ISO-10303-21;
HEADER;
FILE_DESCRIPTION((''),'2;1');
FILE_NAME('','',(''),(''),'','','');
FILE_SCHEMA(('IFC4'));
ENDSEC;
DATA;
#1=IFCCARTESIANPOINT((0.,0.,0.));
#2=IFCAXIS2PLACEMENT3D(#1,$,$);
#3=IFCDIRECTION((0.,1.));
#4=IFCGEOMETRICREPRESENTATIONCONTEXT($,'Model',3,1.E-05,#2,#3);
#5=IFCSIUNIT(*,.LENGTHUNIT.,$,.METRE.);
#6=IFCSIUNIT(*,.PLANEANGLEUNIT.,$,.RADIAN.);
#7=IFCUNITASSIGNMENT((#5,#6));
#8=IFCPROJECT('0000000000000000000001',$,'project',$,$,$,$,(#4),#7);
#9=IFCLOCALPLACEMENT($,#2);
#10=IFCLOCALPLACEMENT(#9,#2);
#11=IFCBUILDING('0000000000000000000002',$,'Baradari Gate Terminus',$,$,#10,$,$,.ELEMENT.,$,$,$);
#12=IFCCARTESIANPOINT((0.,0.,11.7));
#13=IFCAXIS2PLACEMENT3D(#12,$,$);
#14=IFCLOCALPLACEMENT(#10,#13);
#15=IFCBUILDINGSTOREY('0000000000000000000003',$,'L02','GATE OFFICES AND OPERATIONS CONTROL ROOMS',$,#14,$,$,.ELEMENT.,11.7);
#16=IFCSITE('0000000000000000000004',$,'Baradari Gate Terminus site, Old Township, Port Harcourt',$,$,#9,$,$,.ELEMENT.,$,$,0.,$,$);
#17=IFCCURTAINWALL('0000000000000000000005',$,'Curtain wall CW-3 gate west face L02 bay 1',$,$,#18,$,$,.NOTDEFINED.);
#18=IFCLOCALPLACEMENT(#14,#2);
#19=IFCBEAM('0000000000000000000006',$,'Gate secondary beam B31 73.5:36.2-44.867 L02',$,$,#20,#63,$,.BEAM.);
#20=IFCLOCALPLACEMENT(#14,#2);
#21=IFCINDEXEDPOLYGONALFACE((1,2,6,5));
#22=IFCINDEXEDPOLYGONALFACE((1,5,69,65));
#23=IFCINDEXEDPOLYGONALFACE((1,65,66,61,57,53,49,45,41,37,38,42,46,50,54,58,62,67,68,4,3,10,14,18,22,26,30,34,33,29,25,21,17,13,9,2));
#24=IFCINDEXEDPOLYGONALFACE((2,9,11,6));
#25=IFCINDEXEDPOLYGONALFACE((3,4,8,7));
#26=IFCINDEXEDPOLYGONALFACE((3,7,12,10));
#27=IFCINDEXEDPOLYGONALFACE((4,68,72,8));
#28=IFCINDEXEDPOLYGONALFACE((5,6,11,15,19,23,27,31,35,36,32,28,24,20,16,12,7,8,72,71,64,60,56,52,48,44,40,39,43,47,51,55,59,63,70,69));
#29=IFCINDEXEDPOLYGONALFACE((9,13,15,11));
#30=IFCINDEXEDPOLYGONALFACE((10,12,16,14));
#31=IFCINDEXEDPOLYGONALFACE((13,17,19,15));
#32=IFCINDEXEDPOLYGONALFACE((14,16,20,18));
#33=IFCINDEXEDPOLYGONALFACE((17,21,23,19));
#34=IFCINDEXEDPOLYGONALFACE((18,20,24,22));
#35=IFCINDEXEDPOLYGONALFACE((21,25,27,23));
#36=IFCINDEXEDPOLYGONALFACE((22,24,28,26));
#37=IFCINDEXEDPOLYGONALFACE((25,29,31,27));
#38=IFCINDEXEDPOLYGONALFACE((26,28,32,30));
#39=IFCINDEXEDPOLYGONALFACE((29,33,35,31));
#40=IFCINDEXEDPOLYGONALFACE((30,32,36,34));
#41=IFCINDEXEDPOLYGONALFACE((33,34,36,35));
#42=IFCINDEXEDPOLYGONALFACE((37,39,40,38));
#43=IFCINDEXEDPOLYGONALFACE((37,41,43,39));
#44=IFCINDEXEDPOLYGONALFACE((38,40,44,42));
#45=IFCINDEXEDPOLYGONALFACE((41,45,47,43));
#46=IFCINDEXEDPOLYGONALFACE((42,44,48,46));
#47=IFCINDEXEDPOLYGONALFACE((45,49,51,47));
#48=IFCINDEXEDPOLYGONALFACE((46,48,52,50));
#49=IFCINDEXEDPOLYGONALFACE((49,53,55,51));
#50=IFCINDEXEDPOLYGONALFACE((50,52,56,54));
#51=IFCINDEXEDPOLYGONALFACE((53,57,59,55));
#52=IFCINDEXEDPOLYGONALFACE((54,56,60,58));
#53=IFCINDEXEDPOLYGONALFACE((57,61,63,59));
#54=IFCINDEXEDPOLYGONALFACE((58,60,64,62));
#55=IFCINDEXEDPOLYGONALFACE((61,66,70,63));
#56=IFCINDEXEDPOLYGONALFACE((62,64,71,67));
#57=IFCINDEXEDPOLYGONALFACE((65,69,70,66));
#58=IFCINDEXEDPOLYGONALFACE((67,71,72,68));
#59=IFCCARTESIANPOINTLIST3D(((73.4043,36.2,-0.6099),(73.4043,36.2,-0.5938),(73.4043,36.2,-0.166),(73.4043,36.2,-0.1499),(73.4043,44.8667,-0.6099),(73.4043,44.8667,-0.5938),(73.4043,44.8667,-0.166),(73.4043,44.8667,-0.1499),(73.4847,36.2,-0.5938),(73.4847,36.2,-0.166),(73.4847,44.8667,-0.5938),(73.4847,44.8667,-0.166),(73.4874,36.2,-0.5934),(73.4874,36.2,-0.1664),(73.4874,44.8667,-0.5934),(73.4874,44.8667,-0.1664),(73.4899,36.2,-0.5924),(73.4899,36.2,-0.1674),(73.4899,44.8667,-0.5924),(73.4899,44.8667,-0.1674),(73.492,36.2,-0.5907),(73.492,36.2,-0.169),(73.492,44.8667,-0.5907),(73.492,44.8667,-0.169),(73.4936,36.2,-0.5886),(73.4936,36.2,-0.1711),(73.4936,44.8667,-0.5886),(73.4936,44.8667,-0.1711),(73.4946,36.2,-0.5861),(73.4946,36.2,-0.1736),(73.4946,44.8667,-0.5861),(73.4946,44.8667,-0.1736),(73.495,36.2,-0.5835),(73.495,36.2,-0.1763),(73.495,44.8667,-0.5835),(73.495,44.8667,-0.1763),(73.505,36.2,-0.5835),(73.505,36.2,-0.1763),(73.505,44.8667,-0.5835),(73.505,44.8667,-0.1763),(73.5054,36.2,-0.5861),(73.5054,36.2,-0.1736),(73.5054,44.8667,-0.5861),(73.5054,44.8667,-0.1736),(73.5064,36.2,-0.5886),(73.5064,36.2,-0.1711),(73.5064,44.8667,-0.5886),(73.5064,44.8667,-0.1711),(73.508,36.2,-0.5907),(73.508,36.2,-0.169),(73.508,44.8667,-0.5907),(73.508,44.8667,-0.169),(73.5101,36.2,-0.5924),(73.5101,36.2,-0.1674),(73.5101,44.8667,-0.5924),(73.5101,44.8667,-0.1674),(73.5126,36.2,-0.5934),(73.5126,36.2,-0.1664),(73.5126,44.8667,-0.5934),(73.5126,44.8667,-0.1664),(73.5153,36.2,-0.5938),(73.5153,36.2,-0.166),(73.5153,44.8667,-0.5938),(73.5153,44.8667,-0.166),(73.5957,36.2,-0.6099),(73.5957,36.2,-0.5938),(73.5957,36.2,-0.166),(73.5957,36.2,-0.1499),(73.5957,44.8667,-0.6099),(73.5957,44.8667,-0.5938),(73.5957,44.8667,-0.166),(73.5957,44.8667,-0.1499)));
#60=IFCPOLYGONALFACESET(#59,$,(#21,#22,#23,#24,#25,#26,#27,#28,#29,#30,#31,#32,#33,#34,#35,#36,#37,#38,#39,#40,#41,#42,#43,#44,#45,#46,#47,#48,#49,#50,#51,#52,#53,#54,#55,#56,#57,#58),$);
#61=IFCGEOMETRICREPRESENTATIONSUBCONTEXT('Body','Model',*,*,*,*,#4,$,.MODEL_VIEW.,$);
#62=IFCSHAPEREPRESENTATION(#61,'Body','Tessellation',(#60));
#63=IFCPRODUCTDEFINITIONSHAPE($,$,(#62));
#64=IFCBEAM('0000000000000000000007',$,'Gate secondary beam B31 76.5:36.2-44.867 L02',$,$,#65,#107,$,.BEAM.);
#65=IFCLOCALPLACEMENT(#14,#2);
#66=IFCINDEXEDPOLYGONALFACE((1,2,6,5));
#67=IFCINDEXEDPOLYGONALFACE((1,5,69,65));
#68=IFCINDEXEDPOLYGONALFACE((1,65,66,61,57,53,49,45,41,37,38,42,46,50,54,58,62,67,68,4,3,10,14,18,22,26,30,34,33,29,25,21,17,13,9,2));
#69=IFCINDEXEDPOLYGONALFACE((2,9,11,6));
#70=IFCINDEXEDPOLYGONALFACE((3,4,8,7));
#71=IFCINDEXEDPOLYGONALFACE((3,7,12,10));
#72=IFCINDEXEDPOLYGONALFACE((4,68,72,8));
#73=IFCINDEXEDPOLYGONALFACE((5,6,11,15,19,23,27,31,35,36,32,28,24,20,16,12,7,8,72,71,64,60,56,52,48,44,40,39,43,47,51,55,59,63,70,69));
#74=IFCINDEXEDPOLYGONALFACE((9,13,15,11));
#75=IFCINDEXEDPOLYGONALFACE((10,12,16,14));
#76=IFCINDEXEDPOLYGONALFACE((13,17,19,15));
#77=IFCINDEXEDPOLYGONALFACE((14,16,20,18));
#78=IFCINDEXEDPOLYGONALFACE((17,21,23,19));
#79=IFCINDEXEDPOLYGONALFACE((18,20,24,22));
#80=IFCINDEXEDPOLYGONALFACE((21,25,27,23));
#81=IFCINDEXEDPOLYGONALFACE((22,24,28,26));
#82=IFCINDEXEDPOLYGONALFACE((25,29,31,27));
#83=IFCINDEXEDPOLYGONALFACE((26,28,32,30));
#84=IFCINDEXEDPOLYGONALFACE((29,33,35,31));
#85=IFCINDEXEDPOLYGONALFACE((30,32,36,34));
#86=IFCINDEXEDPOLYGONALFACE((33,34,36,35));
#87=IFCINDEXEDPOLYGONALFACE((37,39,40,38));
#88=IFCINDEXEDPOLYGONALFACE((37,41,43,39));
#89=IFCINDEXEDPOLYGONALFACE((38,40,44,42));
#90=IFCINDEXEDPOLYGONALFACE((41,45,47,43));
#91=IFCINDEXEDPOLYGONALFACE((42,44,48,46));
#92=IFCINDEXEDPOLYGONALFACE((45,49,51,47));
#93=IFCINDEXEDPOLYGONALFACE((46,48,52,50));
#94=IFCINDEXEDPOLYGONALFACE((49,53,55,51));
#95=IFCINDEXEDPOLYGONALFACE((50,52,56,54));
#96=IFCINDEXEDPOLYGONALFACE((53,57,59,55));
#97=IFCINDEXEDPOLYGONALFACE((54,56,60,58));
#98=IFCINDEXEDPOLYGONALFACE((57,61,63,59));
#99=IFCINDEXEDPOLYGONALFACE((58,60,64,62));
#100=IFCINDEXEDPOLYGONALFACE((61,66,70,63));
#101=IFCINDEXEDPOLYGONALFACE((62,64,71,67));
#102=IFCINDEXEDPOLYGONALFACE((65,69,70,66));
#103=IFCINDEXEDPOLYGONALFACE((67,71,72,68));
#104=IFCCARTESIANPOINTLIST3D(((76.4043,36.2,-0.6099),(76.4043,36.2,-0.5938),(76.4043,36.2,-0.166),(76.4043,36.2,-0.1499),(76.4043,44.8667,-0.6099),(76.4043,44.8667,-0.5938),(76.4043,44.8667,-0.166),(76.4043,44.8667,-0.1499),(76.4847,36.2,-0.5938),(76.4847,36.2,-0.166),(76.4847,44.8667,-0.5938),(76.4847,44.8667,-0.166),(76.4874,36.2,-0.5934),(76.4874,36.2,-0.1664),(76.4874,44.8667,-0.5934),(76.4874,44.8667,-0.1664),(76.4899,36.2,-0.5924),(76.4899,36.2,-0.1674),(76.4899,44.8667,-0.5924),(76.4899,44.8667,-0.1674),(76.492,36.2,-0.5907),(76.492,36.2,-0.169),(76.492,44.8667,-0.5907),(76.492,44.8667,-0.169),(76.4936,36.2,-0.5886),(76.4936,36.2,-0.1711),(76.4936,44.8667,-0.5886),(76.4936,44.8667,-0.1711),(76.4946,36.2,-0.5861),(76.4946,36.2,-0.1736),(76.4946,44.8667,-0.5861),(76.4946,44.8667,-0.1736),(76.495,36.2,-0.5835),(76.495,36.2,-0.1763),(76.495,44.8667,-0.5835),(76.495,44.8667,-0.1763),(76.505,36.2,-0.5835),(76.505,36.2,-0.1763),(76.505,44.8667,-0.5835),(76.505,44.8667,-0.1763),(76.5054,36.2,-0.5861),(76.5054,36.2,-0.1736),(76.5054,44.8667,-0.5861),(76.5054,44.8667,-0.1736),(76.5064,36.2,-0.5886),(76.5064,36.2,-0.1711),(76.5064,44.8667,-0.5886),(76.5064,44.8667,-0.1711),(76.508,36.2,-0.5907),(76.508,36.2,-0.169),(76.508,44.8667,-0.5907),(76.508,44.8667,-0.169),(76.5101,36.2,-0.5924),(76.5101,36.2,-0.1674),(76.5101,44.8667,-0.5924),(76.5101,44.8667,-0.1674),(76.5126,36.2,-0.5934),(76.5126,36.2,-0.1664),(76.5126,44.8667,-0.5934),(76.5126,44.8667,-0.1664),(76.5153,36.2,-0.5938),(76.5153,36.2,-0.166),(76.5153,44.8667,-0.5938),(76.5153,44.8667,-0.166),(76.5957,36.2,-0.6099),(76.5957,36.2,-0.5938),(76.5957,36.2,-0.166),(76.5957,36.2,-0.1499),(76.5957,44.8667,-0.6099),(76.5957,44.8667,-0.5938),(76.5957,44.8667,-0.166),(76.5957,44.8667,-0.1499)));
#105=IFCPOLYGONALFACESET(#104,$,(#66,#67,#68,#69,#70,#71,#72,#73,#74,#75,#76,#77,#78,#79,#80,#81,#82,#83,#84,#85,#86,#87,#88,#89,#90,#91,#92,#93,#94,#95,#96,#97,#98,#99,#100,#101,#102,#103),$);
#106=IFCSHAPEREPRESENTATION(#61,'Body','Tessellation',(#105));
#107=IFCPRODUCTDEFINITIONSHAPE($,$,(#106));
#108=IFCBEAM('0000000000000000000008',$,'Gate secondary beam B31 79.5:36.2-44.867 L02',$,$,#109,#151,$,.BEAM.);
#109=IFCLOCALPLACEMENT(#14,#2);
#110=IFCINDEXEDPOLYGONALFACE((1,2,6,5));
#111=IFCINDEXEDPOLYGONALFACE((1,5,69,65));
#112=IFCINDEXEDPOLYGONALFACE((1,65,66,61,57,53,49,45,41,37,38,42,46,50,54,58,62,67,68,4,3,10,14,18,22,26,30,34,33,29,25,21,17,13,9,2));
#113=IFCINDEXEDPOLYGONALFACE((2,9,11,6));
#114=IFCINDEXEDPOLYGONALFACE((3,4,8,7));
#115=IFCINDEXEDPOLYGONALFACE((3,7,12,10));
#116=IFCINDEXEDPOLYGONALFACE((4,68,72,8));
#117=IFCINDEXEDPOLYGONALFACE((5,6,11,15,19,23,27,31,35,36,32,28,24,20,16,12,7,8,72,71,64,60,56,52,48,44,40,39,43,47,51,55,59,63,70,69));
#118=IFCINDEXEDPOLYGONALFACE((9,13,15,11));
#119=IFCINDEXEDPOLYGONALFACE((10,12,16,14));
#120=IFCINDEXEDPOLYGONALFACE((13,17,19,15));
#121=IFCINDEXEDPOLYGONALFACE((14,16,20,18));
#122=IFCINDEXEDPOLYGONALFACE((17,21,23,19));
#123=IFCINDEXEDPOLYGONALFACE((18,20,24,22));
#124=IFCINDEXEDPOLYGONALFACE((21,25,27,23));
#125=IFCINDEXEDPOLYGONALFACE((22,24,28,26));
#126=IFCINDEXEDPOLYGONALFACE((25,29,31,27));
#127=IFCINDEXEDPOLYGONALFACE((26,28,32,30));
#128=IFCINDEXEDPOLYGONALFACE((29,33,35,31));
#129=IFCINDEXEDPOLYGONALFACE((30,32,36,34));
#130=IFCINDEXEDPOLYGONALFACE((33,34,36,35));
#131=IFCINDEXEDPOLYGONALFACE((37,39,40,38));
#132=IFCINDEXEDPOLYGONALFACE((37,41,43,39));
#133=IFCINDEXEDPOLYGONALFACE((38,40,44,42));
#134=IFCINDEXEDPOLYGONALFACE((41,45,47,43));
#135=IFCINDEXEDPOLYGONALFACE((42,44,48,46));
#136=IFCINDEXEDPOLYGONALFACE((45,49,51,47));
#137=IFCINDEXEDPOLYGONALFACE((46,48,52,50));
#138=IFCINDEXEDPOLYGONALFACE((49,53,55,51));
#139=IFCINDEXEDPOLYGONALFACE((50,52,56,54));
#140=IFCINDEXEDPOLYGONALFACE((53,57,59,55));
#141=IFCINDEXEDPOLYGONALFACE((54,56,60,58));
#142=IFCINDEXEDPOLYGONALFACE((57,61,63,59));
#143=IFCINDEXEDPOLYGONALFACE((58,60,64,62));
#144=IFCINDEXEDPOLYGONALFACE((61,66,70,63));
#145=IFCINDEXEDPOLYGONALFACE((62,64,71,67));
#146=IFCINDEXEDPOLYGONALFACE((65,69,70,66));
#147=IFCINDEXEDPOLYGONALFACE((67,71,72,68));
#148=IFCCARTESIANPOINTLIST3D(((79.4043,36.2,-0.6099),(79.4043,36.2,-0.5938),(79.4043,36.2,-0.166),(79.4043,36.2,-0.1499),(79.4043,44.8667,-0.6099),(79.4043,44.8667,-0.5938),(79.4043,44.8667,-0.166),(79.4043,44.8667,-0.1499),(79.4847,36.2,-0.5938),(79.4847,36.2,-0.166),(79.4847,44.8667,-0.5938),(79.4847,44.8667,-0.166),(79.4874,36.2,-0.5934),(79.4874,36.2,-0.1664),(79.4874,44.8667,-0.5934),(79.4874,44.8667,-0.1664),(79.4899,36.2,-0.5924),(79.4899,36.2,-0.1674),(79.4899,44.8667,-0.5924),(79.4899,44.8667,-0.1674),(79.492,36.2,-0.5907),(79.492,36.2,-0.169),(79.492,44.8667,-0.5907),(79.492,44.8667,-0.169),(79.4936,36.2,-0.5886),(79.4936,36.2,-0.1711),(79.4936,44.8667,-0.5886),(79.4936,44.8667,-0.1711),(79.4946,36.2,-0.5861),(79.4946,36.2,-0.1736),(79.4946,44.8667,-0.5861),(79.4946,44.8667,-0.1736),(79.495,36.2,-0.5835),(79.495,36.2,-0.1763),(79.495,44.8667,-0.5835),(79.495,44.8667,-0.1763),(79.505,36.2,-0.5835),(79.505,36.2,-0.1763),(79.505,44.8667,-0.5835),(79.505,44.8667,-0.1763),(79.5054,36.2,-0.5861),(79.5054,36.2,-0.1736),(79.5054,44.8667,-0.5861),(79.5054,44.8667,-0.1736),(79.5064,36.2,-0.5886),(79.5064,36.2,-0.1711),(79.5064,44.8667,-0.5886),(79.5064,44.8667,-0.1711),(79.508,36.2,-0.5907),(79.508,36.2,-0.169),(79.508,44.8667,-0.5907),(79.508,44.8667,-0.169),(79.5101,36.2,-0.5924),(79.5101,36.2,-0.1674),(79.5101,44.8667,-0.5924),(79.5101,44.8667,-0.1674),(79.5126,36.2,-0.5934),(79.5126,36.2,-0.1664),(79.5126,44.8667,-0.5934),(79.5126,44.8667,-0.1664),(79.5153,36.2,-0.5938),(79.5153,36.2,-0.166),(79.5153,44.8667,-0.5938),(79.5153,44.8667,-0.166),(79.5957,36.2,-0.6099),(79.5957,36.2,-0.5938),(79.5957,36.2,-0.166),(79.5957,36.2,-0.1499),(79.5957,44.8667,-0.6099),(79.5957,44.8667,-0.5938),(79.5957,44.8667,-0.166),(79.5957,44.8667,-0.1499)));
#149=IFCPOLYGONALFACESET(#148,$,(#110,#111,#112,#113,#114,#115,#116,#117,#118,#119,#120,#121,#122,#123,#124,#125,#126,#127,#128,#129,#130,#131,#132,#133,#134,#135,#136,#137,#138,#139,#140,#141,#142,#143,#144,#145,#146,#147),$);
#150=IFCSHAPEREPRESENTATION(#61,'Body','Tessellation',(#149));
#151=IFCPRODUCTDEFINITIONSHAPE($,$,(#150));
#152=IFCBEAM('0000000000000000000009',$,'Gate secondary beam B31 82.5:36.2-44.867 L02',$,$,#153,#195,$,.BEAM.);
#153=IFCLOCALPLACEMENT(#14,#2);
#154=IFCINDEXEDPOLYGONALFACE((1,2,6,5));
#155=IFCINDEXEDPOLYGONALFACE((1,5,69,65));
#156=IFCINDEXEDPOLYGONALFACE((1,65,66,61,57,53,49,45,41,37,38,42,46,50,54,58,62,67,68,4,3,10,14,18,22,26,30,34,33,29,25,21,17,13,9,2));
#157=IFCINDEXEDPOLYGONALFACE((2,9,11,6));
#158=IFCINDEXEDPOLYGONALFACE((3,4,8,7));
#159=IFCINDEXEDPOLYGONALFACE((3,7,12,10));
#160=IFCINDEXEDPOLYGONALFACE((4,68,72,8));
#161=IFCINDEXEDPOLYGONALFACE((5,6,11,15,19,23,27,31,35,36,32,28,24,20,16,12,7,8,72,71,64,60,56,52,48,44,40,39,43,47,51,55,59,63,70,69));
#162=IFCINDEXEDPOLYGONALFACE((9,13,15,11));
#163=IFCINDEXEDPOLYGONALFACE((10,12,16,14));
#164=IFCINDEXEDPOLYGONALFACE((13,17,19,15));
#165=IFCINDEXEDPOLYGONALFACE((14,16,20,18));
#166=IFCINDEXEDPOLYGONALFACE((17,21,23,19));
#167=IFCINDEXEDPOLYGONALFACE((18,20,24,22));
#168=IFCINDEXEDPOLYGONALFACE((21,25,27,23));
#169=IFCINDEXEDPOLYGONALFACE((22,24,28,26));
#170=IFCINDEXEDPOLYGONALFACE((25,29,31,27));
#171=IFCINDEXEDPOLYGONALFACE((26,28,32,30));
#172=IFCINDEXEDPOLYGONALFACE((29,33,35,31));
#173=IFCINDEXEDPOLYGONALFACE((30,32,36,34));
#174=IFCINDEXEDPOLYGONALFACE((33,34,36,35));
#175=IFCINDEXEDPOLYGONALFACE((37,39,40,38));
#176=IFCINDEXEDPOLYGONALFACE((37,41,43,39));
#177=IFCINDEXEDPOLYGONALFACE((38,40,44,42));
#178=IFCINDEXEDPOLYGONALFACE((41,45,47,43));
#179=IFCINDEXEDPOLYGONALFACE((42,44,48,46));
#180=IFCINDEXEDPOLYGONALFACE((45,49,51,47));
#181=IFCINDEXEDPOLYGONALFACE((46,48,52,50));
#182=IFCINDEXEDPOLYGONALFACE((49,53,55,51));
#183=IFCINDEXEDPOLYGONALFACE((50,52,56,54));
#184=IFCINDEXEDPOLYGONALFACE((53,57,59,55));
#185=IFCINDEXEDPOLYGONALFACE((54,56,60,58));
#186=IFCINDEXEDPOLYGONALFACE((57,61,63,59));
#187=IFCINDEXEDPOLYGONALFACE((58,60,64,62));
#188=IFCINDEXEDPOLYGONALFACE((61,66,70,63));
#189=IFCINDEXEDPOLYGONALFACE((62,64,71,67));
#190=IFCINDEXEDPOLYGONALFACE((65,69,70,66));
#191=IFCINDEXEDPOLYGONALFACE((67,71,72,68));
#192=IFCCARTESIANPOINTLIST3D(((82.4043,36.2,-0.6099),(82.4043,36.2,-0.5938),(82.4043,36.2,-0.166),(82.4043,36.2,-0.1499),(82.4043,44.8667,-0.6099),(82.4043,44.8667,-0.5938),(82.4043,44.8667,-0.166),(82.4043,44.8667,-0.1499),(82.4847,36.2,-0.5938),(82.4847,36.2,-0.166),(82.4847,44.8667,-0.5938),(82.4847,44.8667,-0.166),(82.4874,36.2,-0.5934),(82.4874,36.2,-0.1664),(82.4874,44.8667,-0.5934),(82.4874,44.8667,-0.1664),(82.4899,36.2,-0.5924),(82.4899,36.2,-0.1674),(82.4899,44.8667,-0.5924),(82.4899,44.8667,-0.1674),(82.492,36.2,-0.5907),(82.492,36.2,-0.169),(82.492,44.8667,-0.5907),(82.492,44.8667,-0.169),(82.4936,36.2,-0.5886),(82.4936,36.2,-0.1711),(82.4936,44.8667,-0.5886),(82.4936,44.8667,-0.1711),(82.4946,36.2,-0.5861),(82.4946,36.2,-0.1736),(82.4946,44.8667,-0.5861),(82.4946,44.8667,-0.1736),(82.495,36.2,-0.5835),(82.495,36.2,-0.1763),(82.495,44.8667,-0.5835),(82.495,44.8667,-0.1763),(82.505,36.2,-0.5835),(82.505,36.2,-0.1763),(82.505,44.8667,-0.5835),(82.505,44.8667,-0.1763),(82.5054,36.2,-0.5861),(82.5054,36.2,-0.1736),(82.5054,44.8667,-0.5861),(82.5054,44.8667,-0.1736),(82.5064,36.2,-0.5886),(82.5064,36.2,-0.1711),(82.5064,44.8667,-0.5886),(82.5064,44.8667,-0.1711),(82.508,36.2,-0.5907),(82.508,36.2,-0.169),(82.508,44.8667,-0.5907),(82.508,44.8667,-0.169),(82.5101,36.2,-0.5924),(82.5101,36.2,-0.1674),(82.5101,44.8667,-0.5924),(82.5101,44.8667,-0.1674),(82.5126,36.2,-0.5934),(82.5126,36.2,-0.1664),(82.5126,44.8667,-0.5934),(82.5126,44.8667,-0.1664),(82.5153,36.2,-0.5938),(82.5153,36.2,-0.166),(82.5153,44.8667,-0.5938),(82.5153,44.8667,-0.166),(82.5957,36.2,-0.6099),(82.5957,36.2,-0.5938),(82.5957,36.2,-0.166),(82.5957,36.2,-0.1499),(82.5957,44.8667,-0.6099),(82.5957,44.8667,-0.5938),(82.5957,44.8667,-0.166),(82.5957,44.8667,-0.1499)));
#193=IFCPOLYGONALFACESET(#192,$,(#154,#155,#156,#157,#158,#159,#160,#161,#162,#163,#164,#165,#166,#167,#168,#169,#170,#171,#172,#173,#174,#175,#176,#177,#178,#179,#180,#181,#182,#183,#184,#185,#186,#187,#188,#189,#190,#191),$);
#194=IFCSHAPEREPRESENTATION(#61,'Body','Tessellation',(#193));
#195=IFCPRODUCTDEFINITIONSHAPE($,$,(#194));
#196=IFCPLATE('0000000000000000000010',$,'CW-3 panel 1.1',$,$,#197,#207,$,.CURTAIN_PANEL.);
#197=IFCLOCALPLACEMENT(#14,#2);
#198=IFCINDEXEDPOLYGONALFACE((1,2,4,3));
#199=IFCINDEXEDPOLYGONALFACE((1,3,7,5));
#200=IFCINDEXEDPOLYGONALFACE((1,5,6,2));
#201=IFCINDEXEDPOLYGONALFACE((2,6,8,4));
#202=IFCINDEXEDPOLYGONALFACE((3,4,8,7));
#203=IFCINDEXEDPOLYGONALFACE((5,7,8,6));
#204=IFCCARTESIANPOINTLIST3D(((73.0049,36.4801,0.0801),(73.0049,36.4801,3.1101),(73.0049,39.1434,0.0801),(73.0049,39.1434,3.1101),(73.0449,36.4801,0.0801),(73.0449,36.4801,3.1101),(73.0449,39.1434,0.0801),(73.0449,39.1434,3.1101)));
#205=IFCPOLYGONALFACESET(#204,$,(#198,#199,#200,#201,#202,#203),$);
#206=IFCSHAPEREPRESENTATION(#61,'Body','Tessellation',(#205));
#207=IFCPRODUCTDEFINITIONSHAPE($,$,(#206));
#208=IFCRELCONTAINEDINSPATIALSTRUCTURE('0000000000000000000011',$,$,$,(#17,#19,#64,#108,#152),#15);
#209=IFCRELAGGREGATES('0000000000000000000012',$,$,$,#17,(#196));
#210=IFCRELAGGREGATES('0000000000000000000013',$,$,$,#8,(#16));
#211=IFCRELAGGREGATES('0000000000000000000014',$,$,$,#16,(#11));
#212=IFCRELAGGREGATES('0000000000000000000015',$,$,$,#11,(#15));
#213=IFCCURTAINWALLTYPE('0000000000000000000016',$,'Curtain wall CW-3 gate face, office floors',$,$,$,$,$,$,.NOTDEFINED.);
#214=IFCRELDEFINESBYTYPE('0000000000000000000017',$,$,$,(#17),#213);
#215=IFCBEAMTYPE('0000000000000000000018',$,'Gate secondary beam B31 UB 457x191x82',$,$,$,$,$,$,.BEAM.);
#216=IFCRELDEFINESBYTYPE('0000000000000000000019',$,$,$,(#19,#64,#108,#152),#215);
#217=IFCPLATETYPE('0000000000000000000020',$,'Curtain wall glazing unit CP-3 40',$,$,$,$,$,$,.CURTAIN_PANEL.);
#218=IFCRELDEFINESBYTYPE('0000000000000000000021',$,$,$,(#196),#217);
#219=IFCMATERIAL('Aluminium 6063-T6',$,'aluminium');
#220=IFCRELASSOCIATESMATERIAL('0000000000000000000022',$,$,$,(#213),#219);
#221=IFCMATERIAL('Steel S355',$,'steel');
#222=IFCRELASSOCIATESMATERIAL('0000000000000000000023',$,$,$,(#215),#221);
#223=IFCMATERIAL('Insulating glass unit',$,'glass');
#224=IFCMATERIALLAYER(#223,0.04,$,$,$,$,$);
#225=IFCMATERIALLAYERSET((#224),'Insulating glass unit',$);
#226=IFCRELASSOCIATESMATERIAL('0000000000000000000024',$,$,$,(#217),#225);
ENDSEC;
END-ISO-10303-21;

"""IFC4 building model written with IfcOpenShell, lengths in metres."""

from ifc_helpers import new_model, si_unit, direction, frame, origin, origin_2d, place, context, subcontext, project, spatial, rectangle, i_section, extrude, material, layer, layer_set, material_profile, profile_set, type_object, element, aggregate, save


model = new_model("IFC4")

# Units and contexts
model_context = context("Model", 3, precision=1e-05, world=origin(), true_north=direction((0.0, 1.0)))
body_context = subcontext(model_context, "Body", "Model", "MODEL_VIEW")
ifc_project = project(units=[si_unit("LENGTHUNIT", "METRE"), si_unit("PLANEANGLEUNIT", "RADIAN")], contexts=[model_context])

# Site, building, storey
site_placement = place(None, origin())
site = spatial("IfcSite", under=ifc_project, at=site_placement, Name="Baradari Gate Terminus site, Old Township, Port Harcourt", CompositionType="ELEMENT", RefElevation=0.0)
building_placement = place(site_placement, origin())
building = spatial("IfcBuilding", under=site, at=building_placement, Name="Baradari Gate Terminus", CompositionType="ELEMENT")
storey_placement = place(building_placement, frame((0.0, 0.0, 11.7)))
storey = spatial("IfcBuildingStorey", under=building, at=storey_placement, Name="L02", Description="GATE OFFICES AND OPERATIONS CONTROL ROOMS", CompositionType="ELEMENT", Elevation=11.7)

# Curtain wall
ifc_material_1 = material(Name="Aluminium 6063-T6", Category="aluminium")
curtain_wall_type = type_object("IfcCurtainWallType", Name="Curtain wall CW-3 gate face, office floors", PredefinedType="NOTDEFINED", material=ifc_material_1)
curtain_wall_placement = place(storey_placement, origin())
curtain_wall = element("IfcCurtainWall", 1, at=curtain_wall_placement, inside=storey, type_object=curtain_wall_type, Name="Curtain wall CW-3 gate west face L02 bay 1", PredefinedType="NOTDEFINED")

# Beams
ifc_material_2 = material(Name="Steel S355", Category="steel")
ifc_material_profile_1 = material_profile(ifc_material_2, i_section(OverallWidth=0.1914, OverallDepth=0.46, WebThickness=0.01, FlangeThickness=0.0161, FilletRadius=0.0103, at=origin_2d()), Name="UB 457x191x82")
ifc_profile_set_1 = profile_set([ifc_material_profile_1], Name="Steel S355")
beam_type_1 = type_object("IfcBeamType", Name="Gate secondary beam B31 UB 457x191x82", PredefinedType="BEAM", material=ifc_profile_set_1)
for number, where, z_axis, x_axis, name in (
    (2, (73.5, 36.2, -0.3799), (0.0, 1.0, 0.0), (-1.0, 0.0, 0.0), "Gate secondary beam B31 73.5:36.2-44.867 L02"),
    (3, (76.5, 36.2, -0.3799), (0.0, 1.0, 0.0), (-1.0, 0.0, 0.0), "Gate secondary beam B31 76.5:36.2-44.867 L02"),
    (4, (79.5, 36.2, -0.3799), (0.0, 1.0, 0.0), (-1.0, 0.0, 0.0), "Gate secondary beam B31 79.5:36.2-44.867 L02"),
    (5, (82.5, 36.2, -0.3799), (0.0, 1.0, 0.0), (-1.0, 0.0, 0.0), "Gate secondary beam B31 82.5:36.2-44.867 L02"),
):
    element("IfcBeam", number, at=place(storey_placement, frame(where, z_axis=z_axis, x_axis=x_axis)), inside=storey, type_object=beam_type_1, Name=name, PredefinedType="BEAM", context=body_context, shape_type="SweptSolid", body=[
        extrude(i_section(OverallWidth=0.1914, OverallDepth=0.46, WebThickness=0.01, FlangeThickness=0.0161, FilletRadius=0.0103, at=origin_2d()), origin(), (0.0, 0.0, 1.0), 8.6667),
    ])

# Plate
ifc_material_3 = material(Name="Insulating glass unit", Category="glass")
ifc_layer_1 = layer(ifc_material_3, 0.04)
ifc_layer_set_1 = layer_set([ifc_layer_1], Name="Insulating glass unit")
plate_type_1 = type_object("IfcPlateType", Name="Curtain wall glazing unit CP-3 40", PredefinedType="CURTAIN_PANEL", material=ifc_layer_set_1)
plate_1_placement = place(storey_placement, frame((73.0249, 37.8118, 0.0801), z_axis=(0.0, 0.0, 1.0), x_axis=(0.0, 1.0, 0.0)))
plate_1 = element("IfcPlate", 6, at=plate_1_placement, type_object=plate_type_1, Name="CW-3 panel 1.1", PredefinedType="CURTAIN_PANEL", context=body_context, shape_type="SweptSolid", body=[
    extrude(rectangle(XDim=2.6633, YDim=0.04, at=origin_2d()), origin(), (0.0, 0.0, 1.0), 3.03),
])
aggregate(curtain_wall, [plate_1])

save(model, "model.ifc")
